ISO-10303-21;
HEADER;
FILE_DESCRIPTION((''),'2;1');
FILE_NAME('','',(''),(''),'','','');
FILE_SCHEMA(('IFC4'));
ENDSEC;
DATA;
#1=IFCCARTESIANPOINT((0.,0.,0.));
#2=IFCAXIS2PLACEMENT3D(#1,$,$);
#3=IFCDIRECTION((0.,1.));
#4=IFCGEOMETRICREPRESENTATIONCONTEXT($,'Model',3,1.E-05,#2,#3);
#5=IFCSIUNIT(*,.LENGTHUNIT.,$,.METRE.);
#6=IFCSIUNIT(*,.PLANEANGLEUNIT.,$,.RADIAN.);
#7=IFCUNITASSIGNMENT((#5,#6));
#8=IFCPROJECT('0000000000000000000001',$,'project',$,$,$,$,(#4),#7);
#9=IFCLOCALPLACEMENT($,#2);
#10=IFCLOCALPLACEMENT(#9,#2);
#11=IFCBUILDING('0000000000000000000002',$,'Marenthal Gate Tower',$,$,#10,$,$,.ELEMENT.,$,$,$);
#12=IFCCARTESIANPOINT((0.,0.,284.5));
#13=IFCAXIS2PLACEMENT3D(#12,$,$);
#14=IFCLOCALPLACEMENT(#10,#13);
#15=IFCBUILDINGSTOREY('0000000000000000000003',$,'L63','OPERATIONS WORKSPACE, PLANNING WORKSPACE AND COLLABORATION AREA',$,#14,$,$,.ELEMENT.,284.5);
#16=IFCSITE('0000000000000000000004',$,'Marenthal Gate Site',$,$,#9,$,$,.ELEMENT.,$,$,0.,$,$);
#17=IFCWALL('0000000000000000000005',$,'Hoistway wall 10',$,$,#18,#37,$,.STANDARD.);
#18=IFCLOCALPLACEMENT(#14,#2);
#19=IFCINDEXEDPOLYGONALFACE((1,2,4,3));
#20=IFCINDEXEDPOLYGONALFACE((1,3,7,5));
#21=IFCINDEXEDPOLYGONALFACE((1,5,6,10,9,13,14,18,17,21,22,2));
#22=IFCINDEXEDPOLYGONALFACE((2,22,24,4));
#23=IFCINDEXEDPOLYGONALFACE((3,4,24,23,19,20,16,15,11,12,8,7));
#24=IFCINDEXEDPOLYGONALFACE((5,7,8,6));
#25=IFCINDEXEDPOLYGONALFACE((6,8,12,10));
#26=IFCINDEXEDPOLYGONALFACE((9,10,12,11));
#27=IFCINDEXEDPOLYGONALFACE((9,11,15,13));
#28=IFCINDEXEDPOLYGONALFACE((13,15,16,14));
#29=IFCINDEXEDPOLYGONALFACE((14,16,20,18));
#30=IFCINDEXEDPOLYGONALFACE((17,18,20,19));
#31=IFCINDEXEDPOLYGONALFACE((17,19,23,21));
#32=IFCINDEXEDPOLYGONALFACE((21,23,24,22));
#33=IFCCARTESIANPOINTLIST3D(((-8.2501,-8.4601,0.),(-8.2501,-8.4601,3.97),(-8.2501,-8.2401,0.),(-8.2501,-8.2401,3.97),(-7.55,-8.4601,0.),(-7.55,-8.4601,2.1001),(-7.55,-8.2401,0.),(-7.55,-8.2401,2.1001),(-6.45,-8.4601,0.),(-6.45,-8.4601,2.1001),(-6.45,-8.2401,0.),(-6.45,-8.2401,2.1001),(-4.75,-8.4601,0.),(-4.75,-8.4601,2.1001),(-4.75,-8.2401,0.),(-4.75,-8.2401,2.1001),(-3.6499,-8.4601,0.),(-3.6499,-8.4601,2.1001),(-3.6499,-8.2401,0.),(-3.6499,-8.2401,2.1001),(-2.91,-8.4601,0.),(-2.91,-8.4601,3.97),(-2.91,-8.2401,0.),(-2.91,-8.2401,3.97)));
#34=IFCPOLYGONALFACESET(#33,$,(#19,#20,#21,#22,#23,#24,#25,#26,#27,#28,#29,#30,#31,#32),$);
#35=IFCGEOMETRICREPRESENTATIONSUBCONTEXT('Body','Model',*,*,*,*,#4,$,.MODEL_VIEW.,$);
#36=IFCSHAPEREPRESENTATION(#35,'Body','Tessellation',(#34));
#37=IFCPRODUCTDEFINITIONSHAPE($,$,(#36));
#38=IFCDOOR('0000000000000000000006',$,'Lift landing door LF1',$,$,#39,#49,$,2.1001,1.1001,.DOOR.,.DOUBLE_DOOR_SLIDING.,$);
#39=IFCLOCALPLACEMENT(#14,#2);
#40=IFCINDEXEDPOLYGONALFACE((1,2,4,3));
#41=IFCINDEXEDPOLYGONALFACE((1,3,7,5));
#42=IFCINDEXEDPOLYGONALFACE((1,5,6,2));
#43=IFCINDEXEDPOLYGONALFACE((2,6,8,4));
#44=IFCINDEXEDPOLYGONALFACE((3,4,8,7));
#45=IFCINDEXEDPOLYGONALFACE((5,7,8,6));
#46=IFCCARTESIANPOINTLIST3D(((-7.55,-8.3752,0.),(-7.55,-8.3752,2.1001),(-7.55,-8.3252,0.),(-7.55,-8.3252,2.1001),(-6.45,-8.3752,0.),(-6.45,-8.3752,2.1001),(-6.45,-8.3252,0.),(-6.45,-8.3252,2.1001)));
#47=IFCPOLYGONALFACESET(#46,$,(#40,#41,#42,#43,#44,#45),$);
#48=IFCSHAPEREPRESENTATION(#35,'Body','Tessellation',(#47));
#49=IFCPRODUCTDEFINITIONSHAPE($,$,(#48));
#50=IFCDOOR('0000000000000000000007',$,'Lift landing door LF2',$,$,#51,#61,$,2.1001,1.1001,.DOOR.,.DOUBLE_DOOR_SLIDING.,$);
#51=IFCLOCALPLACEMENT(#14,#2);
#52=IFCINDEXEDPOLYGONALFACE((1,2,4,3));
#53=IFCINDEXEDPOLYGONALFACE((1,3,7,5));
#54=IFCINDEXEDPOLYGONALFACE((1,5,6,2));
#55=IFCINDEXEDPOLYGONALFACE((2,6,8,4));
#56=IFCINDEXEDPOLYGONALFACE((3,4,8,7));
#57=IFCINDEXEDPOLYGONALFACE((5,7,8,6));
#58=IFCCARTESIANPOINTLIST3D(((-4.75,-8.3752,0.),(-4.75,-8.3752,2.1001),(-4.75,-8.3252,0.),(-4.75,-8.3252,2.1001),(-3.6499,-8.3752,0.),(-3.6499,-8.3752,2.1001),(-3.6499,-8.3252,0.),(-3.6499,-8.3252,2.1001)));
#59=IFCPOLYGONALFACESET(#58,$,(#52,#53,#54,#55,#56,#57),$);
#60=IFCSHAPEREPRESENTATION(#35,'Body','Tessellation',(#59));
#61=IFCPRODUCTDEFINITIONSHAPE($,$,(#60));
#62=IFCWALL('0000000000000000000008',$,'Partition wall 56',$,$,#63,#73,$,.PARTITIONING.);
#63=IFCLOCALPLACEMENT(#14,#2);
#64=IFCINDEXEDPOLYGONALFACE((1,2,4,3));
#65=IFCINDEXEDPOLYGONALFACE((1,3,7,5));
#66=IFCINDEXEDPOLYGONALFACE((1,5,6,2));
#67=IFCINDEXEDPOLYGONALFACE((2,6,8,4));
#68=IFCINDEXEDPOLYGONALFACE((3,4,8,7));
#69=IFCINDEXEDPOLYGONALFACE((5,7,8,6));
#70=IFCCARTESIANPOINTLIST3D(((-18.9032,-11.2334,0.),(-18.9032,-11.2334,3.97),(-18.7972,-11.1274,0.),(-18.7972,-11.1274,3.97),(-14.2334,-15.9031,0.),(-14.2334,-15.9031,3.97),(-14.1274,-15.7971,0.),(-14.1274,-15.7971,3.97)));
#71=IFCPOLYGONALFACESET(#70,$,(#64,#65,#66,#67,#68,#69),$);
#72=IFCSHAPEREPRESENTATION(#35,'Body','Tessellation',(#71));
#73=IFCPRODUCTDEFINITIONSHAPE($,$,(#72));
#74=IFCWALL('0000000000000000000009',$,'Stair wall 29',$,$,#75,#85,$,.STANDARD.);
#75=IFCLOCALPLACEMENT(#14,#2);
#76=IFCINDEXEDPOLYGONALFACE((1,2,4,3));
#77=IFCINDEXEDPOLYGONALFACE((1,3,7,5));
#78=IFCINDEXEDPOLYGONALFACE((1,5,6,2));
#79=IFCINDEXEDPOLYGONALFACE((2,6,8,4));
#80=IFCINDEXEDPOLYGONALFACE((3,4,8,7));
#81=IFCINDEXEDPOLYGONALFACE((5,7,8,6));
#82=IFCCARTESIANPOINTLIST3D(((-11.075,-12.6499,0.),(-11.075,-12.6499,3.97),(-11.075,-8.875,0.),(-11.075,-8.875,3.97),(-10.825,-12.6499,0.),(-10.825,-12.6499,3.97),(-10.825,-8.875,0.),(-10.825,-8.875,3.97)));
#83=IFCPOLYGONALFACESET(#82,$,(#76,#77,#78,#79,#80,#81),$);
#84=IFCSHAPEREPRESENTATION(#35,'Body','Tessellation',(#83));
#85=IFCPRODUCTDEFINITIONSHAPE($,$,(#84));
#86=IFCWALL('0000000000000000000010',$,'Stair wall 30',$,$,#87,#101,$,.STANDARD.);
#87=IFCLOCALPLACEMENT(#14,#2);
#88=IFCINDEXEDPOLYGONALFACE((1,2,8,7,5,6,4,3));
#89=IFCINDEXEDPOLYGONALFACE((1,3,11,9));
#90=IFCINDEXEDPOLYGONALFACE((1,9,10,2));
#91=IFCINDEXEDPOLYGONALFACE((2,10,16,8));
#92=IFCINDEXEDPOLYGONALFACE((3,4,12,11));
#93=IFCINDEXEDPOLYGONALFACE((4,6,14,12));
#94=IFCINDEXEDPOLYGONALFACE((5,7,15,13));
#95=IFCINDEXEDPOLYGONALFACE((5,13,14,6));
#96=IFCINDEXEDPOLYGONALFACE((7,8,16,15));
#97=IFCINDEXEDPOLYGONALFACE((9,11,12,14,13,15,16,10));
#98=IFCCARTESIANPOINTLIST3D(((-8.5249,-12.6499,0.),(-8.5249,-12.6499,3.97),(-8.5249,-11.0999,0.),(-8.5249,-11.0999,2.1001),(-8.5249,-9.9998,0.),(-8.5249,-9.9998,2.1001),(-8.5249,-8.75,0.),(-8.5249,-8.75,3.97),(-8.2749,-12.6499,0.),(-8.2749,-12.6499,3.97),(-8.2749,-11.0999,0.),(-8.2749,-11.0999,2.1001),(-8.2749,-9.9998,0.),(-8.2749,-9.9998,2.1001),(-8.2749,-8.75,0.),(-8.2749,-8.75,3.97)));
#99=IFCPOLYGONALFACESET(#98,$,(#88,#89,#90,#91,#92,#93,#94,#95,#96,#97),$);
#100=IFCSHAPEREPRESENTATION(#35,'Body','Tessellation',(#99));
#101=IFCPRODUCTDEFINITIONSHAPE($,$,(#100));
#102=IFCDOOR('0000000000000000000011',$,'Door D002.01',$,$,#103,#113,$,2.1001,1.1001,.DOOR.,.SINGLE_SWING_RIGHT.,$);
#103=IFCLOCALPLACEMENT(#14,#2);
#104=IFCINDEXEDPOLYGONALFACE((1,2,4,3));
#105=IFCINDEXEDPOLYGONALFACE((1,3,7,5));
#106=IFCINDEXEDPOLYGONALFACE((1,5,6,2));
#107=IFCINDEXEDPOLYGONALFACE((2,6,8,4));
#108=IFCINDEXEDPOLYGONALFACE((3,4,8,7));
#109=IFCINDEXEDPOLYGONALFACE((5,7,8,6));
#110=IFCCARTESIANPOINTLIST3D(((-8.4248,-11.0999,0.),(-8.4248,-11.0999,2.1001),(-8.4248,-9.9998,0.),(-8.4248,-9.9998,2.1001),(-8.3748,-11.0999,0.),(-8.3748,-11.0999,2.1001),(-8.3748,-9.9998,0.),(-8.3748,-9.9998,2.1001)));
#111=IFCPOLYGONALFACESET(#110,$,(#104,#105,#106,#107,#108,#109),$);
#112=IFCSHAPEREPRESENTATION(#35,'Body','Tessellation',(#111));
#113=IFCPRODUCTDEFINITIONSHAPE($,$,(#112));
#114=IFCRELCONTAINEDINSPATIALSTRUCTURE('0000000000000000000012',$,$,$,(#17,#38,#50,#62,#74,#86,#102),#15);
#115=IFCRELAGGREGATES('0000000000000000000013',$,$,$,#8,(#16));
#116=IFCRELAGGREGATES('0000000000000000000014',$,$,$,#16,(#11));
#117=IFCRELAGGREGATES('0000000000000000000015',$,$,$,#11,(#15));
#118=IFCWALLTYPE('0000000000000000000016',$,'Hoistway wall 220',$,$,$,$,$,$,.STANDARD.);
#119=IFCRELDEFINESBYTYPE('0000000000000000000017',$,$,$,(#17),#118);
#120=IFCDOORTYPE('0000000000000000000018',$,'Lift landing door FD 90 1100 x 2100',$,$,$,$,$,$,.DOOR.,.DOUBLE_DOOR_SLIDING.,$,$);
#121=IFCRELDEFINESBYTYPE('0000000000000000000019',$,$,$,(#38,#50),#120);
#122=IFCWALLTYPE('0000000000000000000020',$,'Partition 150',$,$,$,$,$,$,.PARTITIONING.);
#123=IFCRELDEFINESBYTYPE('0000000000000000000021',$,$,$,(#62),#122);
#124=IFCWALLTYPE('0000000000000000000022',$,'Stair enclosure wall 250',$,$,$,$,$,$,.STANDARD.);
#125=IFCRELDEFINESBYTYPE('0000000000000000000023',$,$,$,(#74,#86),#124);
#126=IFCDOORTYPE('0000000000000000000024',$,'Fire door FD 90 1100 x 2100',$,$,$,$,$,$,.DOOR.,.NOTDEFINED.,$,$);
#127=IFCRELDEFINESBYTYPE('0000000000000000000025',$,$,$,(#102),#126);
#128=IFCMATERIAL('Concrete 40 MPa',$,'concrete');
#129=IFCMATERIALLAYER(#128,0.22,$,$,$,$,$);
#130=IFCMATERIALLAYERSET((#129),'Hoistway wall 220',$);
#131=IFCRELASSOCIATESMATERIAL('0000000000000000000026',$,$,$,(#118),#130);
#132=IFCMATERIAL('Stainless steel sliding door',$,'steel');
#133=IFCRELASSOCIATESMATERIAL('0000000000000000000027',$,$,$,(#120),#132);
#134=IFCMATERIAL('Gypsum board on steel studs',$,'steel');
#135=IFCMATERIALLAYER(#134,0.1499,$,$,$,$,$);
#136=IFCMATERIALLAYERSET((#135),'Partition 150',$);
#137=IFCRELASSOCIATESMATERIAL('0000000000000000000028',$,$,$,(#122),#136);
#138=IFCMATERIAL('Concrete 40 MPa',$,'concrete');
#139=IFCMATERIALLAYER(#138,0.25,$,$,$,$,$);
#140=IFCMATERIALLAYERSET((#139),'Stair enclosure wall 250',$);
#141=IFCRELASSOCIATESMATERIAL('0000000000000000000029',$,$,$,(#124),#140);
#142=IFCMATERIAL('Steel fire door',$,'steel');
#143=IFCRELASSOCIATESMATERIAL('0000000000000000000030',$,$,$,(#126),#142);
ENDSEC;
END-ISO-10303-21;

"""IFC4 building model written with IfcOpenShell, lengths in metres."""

from ifc_helpers import new_model, si_unit, direction, frame, frame_2d, origin, place, context, subcontext, project, spatial, rectangle, extrude, material, layer, layer_set, type_object, element, fill, save


model = new_model("IFC4")

# Units and contexts
model_context = context("Model", 3, precision=1e-05, world=origin(), true_north=direction((0.0, 1.0)))
body_context = subcontext(model_context, "Body", "Model", "MODEL_VIEW")
ifc_project = project(units=[si_unit("LENGTHUNIT", "METRE"), si_unit("PLANEANGLEUNIT", "RADIAN")], contexts=[model_context])

# Site, building, storey
site_placement = place(None, origin())
site = spatial("IfcSite", under=ifc_project, at=site_placement, Name="Marenthal Gate Site", CompositionType="ELEMENT", RefElevation=0.0)
building_placement = place(site_placement, origin())
building = spatial("IfcBuilding", under=site, at=building_placement, Name="Marenthal Gate Tower", CompositionType="ELEMENT")
storey_placement = place(building_placement, frame((0.0, 0.0, 284.5)))
storey = spatial("IfcBuildingStorey", under=building, at=storey_placement, Name="L63", Description="OPERATIONS WORKSPACE, PLANNING WORKSPACE AND COLLABORATION AREA", CompositionType="ELEMENT", Elevation=284.5)

# Wall, openings, doors
ifc_material_1 = material(Name="Concrete 40 MPa", Category="concrete")
ifc_layer_1 = layer(ifc_material_1, 0.22)
ifc_layer_set_1 = layer_set([ifc_layer_1], Name="Hoistway wall 220")
wall_type_1 = type_object("IfcWallType", Name="Hoistway wall 220", PredefinedType="STANDARD", material=ifc_layer_set_1)
wall_1_placement = place(storey_placement, frame((-8.25, -8.3501, 0.0), z_axis=(0.0, 0.0, 1.0), x_axis=(1.0, 0.0, 0.0)))
wall_1 = element("IfcWall", 1, at=wall_1_placement, inside=storey, type_object=wall_type_1, Name="Hoistway wall 10", PredefinedType="STANDARD", context=body_context, shape_type="SweptSolid", body=[
    extrude(rectangle(XDim=5.3401, YDim=0.22, at=frame_2d((2.6699, 0.0))), origin(), (0.0, 0.0, 1.0), 3.97),
])
opening_1_placement = place(wall_1_placement, frame((0.7, 0.0, 0.0)))
opening_1 = element("IfcOpeningElement", 2, at=opening_1_placement, cuts=wall_1, PredefinedType="OPENING", context=body_context, shape_type="SweptSolid", body=[
    extrude(rectangle(XDim=1.1001, YDim=2.1001, at=frame_2d((0.55, 1.05))), frame((0.0, 0.1201, 0.0), z_axis=(0.0, -1.0, 0.0), x_axis=(1.0, 0.0, 0.0)), (0.0, 0.0, 1.0), 0.24),
])
opening_2_placement = place(wall_1_placement, frame((3.5, 0.0, 0.0)))
opening_2 = element("IfcOpeningElement", 3, at=opening_2_placement, cuts=wall_1, PredefinedType="OPENING", context=body_context, shape_type="SweptSolid", body=[
    extrude(rectangle(XDim=1.1001, YDim=2.1001, at=frame_2d((0.55, 1.05))), frame((0.0, 0.1201, 0.0), z_axis=(0.0, -1.0, 0.0), x_axis=(1.0, 0.0, 0.0)), (0.0, 0.0, 1.0), 0.24),
])
ifc_material_2 = material(Name="Stainless steel sliding door", Category="steel")
door_type_1 = type_object("IfcDoorType", Name="Lift landing door FD 90 1100 x 2100", OperationType="DOUBLE_DOOR_SLIDING", PredefinedType="DOOR", material=ifc_material_2)
door_1_placement = place(opening_1_placement, origin())
door_1 = element("IfcDoor", 4, at=door_1_placement, inside=storey, type_object=door_type_1, Name="Lift landing door LF1", OperationType="DOUBLE_DOOR_SLIDING", OverallHeight=2.1001, OverallWidth=1.1001, PredefinedType="DOOR", context=body_context, shape_type="SweptSolid", body=[
    extrude(rectangle(XDim=1.1001, YDim=2.1001, at=frame_2d((0.55, 1.05))), frame((0.0, 0.0249, 0.0), z_axis=(0.0, -1.0, 0.0), x_axis=(1.0, 0.0, 0.0)), (0.0, 0.0, 1.0), 0.05),
])
fill(opening_1, door_1)
door_2_placement = place(opening_2_placement, origin())
door_2 = element("IfcDoor", 5, at=door_2_placement, inside=storey, type_object=door_type_1, Name="Lift landing door LF2", OperationType="DOUBLE_DOOR_SLIDING", OverallHeight=2.1001, OverallWidth=1.1001, PredefinedType="DOOR", context=body_context, shape_type="SweptSolid", body=[
    extrude(rectangle(XDim=1.1001, YDim=2.1001, at=frame_2d((0.55, 1.05))), frame((0.0, 0.0249, 0.0), z_axis=(0.0, -1.0, 0.0), x_axis=(1.0, 0.0, 0.0)), (0.0, 0.0, 1.0), 0.05),
])
fill(opening_2, door_2)

# Walls
ifc_material_3 = material(Name="Gypsum board on steel studs", Category="steel")
ifc_layer_2 = layer(ifc_material_3, 0.1499)
ifc_layer_set_2 = layer_set([ifc_layer_2], Name="Partition 150")
wall_type_2 = type_object("IfcWallType", Name="Partition 150", PredefinedType="PARTITIONING", material=ifc_layer_set_2)
wall_2_placement = place(storey_placement, frame((-14.1804, -15.8501, 0.0), z_axis=(0.0, 0.0, 1.0), x_axis=(-0.707107, 0.707107, 0.0)))
element("IfcWall", 6, at=wall_2_placement, inside=storey, type_object=wall_type_2, Name="Partition wall 56", PredefinedType="PARTITIONING", context=body_context, shape_type="SweptSolid", body=[
    extrude(rectangle(XDim=6.604, YDim=0.1499, at=frame_2d((3.302, 0.0))), origin(), (0.0, 0.0, 1.0), 3.97),
])
ifc_material_4 = material(Name="Concrete 40 MPa", Category="concrete")
ifc_layer_3 = layer(ifc_material_4, 0.25)
ifc_layer_set_3 = layer_set([ifc_layer_3], Name="Stair enclosure wall 250")
wall_type_3 = type_object("IfcWallType", Name="Stair enclosure wall 250", PredefinedType="STANDARD", material=ifc_layer_set_3)
wall_3_placement = place(storey_placement, frame((-10.95, -12.6499, 0.0), z_axis=(0.0, 0.0, 1.0), x_axis=(0.0, 1.0, 0.0)))
element("IfcWall", 7, at=wall_3_placement, inside=storey, type_object=wall_type_3, Name="Stair wall 29", PredefinedType="STANDARD", context=body_context, shape_type="SweptSolid", body=[
    extrude(rectangle(XDim=3.7749, YDim=0.25, at=frame_2d((1.8875, 0.0))), origin(), (0.0, 0.0, 1.0), 3.97),
])

# Wall, opening, door
wall_4_placement = place(storey_placement, frame((-8.3999, -12.6499, 0.0), z_axis=(0.0, 0.0, 1.0), x_axis=(0.0, 1.0, 0.0)))
wall_4 = element("IfcWall", 8, at=wall_4_placement, inside=storey, type_object=wall_type_3, Name="Stair wall 30", PredefinedType="STANDARD", context=body_context, shape_type="SweptSolid", body=[
    extrude(rectangle(XDim=3.8999, YDim=0.25, at=frame_2d((1.95, 0.0))), origin(), (0.0, 0.0, 1.0), 3.97),
])
opening_3_placement = place(wall_4_placement, frame((1.55, 0.0, 0.0)))
opening_3 = element("IfcOpeningElement", 9, at=opening_3_placement, cuts=wall_4, PredefinedType="OPENING", context=body_context, shape_type="SweptSolid", body=[
    extrude(rectangle(XDim=1.1001, YDim=2.1001, at=frame_2d((0.55, 1.05))), frame((0.0, 0.135, 0.0), z_axis=(0.0, -1.0, 0.0), x_axis=(1.0, 0.0, 0.0)), (0.0, 0.0, 1.0), 0.27),
])
ifc_material_5 = material(Name="Steel fire door", Category="steel")
door_type_2 = type_object("IfcDoorType", Name="Fire door FD 90 1100 x 2100", OperationType="NOTDEFINED", PredefinedType="DOOR", material=ifc_material_5)
door_3_placement = place(opening_3_placement, origin())
door_3 = element("IfcDoor", 10, at=door_3_placement, inside=storey, type_object=door_type_2, Name="Door D002.01", OperationType="SINGLE_SWING_RIGHT", OverallHeight=2.1001, OverallWidth=1.1001, PredefinedType="DOOR", context=body_context, shape_type="SweptSolid", body=[
    extrude(rectangle(XDim=1.1001, YDim=2.1001, at=frame_2d((0.55, 1.05))), frame((0.0, 0.0249, 0.0), z_axis=(0.0, -1.0, 0.0), x_axis=(1.0, 0.0, 0.0)), (0.0, 0.0, 1.0), 0.05),
])
fill(opening_3, door_3)

save(model, "model.ifc")
